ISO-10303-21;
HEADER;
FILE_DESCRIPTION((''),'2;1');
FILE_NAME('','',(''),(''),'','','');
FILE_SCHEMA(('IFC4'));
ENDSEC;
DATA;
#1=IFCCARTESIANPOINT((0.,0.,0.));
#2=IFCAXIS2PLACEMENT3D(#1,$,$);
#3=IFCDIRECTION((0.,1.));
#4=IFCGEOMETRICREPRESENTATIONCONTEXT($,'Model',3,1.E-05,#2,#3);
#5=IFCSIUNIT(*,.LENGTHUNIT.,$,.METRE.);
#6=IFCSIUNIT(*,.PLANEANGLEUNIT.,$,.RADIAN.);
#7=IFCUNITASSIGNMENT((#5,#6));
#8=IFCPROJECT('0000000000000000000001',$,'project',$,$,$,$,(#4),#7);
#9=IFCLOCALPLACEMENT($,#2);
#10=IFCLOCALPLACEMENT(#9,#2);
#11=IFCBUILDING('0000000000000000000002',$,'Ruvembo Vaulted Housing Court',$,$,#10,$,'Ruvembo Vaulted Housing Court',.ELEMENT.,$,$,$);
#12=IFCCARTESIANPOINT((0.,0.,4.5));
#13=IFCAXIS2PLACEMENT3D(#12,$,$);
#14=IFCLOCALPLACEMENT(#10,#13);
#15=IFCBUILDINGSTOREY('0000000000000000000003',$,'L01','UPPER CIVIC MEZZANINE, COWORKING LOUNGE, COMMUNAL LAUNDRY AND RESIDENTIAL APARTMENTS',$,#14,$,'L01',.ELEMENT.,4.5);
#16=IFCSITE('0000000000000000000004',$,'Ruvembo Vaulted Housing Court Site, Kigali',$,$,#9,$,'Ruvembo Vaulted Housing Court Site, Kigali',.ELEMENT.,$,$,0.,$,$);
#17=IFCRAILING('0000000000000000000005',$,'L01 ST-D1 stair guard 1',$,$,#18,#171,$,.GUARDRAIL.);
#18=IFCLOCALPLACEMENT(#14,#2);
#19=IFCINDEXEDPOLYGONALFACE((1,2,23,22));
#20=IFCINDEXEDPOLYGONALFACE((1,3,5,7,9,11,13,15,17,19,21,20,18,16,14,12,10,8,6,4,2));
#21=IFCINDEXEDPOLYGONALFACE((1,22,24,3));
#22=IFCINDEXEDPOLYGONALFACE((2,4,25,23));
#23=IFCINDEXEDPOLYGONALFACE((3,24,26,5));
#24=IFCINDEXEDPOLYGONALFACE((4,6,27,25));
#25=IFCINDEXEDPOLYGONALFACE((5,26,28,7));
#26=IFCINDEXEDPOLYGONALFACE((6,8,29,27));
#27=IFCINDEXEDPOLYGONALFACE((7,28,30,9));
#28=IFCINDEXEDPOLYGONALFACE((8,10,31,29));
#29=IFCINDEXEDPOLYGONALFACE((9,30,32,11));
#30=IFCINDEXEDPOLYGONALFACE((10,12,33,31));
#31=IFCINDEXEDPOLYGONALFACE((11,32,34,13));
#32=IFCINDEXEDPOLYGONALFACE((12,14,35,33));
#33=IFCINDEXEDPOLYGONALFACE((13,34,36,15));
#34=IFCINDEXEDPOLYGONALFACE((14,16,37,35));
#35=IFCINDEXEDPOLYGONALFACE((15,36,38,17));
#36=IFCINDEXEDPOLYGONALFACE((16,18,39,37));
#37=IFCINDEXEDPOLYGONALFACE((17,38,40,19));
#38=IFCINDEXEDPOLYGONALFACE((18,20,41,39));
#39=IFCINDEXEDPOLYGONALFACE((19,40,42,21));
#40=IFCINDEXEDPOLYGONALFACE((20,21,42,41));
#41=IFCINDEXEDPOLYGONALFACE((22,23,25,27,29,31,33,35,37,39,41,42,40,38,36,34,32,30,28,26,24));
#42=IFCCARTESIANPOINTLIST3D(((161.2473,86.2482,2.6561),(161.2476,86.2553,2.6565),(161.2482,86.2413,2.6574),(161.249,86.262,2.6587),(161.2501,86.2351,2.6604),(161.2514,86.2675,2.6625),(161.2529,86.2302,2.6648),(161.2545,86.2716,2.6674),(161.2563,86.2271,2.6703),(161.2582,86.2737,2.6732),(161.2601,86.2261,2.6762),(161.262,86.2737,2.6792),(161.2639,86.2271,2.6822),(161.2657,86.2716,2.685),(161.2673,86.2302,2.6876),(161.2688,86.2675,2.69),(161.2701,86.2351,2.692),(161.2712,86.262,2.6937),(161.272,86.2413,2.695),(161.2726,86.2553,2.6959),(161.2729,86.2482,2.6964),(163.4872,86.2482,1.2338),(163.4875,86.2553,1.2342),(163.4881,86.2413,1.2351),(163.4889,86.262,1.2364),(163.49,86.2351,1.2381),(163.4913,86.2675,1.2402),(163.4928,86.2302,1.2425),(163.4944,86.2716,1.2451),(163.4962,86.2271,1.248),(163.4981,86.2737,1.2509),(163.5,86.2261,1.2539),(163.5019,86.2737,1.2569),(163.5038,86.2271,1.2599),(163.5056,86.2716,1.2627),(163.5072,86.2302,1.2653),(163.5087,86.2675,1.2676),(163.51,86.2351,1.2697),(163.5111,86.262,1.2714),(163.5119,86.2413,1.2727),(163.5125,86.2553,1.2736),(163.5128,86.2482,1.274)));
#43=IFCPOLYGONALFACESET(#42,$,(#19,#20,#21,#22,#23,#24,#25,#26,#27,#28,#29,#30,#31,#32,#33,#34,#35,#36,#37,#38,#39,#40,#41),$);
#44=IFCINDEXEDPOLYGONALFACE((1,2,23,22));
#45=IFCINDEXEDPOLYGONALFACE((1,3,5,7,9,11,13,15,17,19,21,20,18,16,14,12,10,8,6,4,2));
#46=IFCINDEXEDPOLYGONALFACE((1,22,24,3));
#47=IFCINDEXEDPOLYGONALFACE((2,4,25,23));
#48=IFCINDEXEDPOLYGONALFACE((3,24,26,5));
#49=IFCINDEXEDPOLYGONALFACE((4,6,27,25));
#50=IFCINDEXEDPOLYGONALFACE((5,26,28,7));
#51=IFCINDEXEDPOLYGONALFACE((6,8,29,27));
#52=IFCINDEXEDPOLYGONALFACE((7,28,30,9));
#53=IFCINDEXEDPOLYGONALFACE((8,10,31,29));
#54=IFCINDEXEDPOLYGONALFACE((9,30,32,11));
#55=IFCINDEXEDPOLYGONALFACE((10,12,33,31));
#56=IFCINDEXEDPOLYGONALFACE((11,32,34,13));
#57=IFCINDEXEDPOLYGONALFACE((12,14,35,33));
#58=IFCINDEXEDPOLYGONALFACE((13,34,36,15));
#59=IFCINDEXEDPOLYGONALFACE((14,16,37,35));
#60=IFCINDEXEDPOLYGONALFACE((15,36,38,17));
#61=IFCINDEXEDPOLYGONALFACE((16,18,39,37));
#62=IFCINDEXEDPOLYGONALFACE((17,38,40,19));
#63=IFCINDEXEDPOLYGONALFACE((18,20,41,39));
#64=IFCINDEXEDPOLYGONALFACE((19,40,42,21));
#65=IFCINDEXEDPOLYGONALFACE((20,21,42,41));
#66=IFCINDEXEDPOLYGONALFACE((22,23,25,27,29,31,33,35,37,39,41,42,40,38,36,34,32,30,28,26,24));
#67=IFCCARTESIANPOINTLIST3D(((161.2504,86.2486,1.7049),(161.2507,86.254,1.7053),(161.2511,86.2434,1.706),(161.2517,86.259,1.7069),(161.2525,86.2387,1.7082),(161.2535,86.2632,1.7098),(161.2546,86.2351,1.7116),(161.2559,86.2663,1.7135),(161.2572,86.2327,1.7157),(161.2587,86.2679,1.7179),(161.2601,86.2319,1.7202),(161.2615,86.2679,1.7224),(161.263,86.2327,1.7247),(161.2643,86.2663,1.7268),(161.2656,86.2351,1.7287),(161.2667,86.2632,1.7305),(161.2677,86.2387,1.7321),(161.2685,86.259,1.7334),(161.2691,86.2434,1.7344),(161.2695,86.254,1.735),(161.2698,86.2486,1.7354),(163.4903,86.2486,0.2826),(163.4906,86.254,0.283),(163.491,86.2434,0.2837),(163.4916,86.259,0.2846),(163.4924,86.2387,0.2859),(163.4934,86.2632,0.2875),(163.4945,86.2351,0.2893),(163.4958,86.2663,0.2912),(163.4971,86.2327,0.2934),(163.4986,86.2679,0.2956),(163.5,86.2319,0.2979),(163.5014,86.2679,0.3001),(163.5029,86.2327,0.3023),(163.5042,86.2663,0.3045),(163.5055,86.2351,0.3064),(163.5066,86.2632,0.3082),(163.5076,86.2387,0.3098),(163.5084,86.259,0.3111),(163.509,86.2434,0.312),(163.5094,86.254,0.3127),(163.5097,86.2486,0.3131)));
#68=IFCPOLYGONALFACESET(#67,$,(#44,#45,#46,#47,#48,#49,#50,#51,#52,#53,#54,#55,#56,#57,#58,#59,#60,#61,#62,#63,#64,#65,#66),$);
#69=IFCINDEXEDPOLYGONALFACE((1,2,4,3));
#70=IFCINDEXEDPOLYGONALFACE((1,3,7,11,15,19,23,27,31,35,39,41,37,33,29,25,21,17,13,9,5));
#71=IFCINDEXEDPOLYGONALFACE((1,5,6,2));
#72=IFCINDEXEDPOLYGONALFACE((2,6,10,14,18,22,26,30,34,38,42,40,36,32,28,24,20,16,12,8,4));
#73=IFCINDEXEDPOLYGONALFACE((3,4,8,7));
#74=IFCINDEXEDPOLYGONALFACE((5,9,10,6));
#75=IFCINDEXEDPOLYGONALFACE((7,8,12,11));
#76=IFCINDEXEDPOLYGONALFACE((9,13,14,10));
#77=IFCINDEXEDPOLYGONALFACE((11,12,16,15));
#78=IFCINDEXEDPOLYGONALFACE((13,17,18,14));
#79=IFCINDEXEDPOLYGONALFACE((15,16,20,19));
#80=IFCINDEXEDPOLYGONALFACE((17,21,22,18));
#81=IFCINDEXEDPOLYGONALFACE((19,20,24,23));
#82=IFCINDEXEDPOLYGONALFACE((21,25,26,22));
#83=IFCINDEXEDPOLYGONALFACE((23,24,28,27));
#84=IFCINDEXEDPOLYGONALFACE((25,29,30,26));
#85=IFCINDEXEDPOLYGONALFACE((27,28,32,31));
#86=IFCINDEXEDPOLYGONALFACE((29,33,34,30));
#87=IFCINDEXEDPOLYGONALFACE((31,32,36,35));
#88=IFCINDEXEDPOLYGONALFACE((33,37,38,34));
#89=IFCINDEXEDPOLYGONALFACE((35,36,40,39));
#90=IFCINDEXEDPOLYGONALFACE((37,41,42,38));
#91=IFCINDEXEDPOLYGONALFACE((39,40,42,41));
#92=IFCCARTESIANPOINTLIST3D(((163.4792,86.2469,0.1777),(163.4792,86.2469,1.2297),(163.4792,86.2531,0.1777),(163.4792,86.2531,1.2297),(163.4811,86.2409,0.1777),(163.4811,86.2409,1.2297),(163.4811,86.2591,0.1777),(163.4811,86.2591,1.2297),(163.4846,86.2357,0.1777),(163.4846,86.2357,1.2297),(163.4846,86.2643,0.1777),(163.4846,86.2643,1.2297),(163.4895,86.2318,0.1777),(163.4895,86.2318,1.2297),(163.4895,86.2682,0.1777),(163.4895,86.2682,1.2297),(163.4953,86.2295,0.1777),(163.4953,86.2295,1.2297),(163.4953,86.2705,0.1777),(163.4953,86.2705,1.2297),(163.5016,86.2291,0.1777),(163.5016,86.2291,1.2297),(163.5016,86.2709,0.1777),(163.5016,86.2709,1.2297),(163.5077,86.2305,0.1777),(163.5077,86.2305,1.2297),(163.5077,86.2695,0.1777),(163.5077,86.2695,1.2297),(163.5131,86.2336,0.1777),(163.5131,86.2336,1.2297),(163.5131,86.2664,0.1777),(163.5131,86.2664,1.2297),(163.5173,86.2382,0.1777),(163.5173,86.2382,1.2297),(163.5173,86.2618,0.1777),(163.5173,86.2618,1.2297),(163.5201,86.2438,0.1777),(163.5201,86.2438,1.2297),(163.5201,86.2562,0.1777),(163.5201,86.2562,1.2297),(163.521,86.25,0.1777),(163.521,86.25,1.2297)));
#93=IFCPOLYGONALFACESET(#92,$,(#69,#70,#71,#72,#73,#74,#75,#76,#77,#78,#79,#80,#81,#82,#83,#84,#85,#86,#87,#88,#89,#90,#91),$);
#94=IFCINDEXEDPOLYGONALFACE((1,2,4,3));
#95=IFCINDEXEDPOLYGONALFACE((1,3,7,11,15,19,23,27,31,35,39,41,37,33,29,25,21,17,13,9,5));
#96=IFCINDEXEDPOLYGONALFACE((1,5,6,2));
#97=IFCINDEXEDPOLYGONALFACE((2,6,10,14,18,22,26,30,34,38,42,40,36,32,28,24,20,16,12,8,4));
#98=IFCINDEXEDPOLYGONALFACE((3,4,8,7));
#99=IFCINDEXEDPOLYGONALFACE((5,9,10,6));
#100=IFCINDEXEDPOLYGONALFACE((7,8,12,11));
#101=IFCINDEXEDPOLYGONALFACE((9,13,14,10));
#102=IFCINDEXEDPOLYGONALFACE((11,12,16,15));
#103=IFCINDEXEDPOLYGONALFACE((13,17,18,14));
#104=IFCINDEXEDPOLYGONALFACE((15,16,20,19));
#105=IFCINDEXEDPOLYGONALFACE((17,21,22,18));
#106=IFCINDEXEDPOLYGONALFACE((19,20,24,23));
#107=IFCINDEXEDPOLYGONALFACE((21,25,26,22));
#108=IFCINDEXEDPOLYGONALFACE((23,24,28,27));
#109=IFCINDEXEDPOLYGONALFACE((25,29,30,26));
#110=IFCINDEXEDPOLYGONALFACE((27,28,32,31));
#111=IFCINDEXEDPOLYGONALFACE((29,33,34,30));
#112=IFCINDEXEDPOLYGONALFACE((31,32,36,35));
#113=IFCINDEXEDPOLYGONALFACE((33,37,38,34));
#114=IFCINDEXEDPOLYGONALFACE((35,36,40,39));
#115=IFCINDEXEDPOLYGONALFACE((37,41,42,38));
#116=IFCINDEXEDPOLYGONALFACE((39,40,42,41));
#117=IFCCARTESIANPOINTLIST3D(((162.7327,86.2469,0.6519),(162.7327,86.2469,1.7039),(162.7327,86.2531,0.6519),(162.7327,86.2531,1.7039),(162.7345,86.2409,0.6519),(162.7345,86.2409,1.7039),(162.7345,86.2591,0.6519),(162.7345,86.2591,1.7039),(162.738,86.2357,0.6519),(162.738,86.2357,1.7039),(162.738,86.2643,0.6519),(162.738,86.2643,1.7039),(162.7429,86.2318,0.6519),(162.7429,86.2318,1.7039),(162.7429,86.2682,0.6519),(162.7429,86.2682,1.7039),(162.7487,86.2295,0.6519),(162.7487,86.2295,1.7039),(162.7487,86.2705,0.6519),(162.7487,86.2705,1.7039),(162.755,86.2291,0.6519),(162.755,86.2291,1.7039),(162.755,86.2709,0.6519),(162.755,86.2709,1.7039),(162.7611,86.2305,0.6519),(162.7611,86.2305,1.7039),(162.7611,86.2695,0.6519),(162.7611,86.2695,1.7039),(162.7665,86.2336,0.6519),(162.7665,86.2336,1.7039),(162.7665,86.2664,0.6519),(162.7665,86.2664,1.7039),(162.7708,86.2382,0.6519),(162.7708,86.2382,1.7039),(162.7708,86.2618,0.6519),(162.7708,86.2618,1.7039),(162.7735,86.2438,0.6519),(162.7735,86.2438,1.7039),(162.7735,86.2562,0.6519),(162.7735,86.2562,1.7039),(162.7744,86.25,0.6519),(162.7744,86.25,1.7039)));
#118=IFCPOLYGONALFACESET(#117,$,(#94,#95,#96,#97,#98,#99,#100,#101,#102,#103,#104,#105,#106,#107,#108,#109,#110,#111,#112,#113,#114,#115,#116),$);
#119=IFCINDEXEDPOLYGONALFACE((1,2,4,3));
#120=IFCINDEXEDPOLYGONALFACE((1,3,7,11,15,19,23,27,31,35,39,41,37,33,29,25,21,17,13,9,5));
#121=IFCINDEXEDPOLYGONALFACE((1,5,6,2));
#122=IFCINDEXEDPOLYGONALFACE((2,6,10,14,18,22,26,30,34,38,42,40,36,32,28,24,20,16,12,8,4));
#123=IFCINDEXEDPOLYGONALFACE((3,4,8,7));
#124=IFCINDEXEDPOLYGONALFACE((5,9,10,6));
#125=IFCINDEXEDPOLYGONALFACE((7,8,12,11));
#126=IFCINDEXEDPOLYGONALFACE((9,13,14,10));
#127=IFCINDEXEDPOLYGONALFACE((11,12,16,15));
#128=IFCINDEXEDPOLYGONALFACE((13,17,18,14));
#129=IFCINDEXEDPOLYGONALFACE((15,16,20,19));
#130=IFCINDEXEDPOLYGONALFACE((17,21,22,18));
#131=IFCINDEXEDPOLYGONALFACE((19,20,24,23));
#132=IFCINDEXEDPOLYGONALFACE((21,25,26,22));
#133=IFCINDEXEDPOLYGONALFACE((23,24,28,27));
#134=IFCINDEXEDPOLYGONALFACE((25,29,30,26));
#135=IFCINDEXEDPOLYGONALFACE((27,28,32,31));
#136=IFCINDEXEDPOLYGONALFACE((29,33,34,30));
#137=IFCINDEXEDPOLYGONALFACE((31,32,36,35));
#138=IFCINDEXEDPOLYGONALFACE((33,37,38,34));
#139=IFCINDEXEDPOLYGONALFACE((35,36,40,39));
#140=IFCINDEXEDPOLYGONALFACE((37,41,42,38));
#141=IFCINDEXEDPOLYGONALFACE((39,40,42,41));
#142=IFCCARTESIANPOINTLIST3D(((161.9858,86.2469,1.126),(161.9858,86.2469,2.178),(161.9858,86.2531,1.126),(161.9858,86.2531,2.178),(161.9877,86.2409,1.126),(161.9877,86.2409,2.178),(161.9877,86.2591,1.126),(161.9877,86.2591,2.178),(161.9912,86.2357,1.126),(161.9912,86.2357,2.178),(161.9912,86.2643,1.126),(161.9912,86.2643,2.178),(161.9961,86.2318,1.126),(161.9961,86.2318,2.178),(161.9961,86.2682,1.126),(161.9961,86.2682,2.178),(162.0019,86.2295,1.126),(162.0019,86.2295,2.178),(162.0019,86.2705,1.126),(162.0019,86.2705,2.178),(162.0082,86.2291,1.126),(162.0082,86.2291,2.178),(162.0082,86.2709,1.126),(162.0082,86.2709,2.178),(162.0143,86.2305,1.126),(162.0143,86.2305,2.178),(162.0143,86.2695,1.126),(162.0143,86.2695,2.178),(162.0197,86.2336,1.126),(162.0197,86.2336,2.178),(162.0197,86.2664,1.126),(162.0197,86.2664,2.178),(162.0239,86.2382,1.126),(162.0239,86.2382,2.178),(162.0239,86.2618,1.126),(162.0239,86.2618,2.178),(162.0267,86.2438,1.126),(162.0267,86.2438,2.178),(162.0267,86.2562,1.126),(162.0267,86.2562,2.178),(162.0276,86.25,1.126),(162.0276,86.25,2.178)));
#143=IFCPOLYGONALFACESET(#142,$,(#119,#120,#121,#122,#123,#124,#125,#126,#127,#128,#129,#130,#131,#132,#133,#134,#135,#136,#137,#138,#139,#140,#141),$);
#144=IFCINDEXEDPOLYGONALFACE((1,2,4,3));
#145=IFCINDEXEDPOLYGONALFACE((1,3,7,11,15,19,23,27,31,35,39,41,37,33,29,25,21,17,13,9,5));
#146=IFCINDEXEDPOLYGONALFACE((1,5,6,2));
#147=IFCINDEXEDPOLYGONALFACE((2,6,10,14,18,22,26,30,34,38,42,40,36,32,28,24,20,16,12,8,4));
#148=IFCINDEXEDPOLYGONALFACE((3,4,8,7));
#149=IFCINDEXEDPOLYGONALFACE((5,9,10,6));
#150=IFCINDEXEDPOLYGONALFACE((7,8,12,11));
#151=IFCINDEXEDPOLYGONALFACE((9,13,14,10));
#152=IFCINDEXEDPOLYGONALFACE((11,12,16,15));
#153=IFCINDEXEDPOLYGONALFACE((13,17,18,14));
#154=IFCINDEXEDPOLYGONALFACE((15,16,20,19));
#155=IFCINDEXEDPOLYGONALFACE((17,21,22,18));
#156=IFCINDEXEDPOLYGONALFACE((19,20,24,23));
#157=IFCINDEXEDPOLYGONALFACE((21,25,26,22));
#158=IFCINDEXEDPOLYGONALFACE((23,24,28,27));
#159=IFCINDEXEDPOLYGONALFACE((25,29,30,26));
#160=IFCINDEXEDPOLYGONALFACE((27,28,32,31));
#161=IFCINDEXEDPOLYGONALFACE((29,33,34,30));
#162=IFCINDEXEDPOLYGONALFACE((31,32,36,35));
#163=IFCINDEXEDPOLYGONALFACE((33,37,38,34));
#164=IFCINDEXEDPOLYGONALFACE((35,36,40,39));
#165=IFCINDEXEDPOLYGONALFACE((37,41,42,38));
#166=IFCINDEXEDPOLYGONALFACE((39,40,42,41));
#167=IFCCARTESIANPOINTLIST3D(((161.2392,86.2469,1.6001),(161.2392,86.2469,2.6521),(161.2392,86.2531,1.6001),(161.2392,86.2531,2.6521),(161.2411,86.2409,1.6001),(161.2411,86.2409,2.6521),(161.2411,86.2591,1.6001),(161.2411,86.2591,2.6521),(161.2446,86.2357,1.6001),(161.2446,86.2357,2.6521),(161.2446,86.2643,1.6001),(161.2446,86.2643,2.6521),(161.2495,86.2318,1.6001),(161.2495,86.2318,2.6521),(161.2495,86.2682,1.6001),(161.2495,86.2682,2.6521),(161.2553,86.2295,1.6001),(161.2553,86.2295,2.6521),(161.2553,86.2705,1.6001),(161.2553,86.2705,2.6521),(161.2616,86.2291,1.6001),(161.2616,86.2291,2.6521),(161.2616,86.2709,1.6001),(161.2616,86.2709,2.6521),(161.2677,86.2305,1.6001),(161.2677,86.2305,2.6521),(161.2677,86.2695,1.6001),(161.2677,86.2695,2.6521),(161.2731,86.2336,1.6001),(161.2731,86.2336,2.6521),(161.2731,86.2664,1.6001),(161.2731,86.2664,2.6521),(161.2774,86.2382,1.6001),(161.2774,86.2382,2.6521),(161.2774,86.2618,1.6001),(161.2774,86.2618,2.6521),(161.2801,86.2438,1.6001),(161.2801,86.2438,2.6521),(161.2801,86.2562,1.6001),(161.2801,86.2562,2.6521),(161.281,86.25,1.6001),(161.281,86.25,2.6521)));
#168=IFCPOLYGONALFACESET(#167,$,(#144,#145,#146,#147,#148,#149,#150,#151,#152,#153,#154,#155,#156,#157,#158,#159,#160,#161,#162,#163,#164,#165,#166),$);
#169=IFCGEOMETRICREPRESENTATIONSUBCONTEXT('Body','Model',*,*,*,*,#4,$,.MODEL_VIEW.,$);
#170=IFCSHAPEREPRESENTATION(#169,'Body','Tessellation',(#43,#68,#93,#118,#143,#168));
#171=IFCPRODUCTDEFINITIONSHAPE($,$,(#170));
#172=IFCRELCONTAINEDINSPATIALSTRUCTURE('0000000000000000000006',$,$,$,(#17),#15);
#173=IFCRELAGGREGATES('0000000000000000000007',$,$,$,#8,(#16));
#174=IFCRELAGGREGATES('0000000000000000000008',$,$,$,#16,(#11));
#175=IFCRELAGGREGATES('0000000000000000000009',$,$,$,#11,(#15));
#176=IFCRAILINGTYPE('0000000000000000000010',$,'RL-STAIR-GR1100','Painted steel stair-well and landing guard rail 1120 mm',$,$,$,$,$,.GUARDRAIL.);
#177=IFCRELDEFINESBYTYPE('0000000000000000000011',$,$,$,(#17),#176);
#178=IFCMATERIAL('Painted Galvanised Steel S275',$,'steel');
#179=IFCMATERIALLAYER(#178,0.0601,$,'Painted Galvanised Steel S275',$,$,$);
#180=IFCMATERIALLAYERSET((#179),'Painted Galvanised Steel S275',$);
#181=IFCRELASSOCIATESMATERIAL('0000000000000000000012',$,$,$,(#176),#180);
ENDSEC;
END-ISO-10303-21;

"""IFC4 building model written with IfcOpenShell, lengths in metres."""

from ifc_helpers import new_model, si_unit, direction, frame, origin, origin_2d, place, context, subcontext, project, spatial, circle, extrude, material, layer, layer_set, type_object, element, save


model = new_model("IFC4")

# Units and contexts
model_context = context("Model", 3, precision=1e-05, world=origin(), true_north=direction((0.0, 1.0)))
body_context = subcontext(model_context, "Body", "Model", "MODEL_VIEW")
ifc_project = project(units=[si_unit("LENGTHUNIT", "METRE"), si_unit("PLANEANGLEUNIT", "RADIAN")], contexts=[model_context])

# Site, building, storey
site_placement = place(None, origin())
site = spatial("IfcSite", under=ifc_project, at=site_placement, Name="Ruvembo Vaulted Housing Court Site, Kigali", LongName="Ruvembo Vaulted Housing Court Site, Kigali", CompositionType="ELEMENT", RefElevation=0.0)
building_placement = place(site_placement, origin())
building = spatial("IfcBuilding", under=site, at=building_placement, Name="Ruvembo Vaulted Housing Court", LongName="Ruvembo Vaulted Housing Court", CompositionType="ELEMENT")
storey_placement = place(building_placement, frame((0.0, 0.0, 4.5)))
storey = spatial("IfcBuildingStorey", under=building, at=storey_placement, Name="L01", Description="UPPER CIVIC MEZZANINE, COWORKING LOUNGE, COMMUNAL LAUNDRY AND RESIDENTIAL APARTMENTS", LongName="L01", CompositionType="ELEMENT", Elevation=4.5)

# Railing
ifc_material_1 = material(Name="Painted Galvanised Steel S275", Category="steel")
ifc_layer_1 = layer(ifc_material_1, 0.0601, Name="Painted Galvanised Steel S275")
ifc_layer_set_1 = layer_set([ifc_layer_1], Name="Painted Galvanised Steel S275")
railing_type_1 = type_object("IfcRailingType", Name="RL-STAIR-GR1100", Description="Painted steel stair-well and landing guard rail 1120 mm", PredefinedType="GUARDRAIL", material=ifc_layer_set_1)
railing_1_placement = place(storey_placement, frame((163.5, 86.25, 0.1777)))
element("IfcRailing", 1, at=railing_1_placement, inside=storey, type_object=railing_type_1, Name="L01 ST-D1 stair guard 1", PredefinedType="GUARDRAIL", context=body_context, shape_type="SweptSolid", body=[
    extrude(circle(Radius=0.0239, at=origin_2d()), frame((0.0, 0.0, 1.0762), z_axis=(-0.844188, 0.0, 0.536048), x_axis=(0.0, -1.0, 0.0)), (0.0, 0.0, 1.0), 2.6533),
    extrude(circle(Radius=0.0181, at=origin_2d()), frame((0.0, 0.0, 0.1201), z_axis=(-0.844188, 0.0, 0.536048), x_axis=(0.0, -1.0, 0.0)), (0.0, 0.0, 1.0), 2.6533),
    extrude(circle(Radius=0.021, at=origin_2d()), origin(), (0.0, 0.0, 1.0), 1.052),
    extrude(circle(Radius=0.021, at=origin_2d()), frame((-0.7466, 0.0, 0.4741)), (0.0, 0.0, 1.0), 1.052),
    extrude(circle(Radius=0.021, at=origin_2d()), frame((-1.4934, 0.0, 0.9482)), (0.0, 0.0, 1.0), 1.052),
    extrude(circle(Radius=0.021, at=origin_2d()), frame((-2.24, 0.0, 1.4224)), (0.0, 0.0, 1.0), 1.052),
])

save(model, "model.ifc")
